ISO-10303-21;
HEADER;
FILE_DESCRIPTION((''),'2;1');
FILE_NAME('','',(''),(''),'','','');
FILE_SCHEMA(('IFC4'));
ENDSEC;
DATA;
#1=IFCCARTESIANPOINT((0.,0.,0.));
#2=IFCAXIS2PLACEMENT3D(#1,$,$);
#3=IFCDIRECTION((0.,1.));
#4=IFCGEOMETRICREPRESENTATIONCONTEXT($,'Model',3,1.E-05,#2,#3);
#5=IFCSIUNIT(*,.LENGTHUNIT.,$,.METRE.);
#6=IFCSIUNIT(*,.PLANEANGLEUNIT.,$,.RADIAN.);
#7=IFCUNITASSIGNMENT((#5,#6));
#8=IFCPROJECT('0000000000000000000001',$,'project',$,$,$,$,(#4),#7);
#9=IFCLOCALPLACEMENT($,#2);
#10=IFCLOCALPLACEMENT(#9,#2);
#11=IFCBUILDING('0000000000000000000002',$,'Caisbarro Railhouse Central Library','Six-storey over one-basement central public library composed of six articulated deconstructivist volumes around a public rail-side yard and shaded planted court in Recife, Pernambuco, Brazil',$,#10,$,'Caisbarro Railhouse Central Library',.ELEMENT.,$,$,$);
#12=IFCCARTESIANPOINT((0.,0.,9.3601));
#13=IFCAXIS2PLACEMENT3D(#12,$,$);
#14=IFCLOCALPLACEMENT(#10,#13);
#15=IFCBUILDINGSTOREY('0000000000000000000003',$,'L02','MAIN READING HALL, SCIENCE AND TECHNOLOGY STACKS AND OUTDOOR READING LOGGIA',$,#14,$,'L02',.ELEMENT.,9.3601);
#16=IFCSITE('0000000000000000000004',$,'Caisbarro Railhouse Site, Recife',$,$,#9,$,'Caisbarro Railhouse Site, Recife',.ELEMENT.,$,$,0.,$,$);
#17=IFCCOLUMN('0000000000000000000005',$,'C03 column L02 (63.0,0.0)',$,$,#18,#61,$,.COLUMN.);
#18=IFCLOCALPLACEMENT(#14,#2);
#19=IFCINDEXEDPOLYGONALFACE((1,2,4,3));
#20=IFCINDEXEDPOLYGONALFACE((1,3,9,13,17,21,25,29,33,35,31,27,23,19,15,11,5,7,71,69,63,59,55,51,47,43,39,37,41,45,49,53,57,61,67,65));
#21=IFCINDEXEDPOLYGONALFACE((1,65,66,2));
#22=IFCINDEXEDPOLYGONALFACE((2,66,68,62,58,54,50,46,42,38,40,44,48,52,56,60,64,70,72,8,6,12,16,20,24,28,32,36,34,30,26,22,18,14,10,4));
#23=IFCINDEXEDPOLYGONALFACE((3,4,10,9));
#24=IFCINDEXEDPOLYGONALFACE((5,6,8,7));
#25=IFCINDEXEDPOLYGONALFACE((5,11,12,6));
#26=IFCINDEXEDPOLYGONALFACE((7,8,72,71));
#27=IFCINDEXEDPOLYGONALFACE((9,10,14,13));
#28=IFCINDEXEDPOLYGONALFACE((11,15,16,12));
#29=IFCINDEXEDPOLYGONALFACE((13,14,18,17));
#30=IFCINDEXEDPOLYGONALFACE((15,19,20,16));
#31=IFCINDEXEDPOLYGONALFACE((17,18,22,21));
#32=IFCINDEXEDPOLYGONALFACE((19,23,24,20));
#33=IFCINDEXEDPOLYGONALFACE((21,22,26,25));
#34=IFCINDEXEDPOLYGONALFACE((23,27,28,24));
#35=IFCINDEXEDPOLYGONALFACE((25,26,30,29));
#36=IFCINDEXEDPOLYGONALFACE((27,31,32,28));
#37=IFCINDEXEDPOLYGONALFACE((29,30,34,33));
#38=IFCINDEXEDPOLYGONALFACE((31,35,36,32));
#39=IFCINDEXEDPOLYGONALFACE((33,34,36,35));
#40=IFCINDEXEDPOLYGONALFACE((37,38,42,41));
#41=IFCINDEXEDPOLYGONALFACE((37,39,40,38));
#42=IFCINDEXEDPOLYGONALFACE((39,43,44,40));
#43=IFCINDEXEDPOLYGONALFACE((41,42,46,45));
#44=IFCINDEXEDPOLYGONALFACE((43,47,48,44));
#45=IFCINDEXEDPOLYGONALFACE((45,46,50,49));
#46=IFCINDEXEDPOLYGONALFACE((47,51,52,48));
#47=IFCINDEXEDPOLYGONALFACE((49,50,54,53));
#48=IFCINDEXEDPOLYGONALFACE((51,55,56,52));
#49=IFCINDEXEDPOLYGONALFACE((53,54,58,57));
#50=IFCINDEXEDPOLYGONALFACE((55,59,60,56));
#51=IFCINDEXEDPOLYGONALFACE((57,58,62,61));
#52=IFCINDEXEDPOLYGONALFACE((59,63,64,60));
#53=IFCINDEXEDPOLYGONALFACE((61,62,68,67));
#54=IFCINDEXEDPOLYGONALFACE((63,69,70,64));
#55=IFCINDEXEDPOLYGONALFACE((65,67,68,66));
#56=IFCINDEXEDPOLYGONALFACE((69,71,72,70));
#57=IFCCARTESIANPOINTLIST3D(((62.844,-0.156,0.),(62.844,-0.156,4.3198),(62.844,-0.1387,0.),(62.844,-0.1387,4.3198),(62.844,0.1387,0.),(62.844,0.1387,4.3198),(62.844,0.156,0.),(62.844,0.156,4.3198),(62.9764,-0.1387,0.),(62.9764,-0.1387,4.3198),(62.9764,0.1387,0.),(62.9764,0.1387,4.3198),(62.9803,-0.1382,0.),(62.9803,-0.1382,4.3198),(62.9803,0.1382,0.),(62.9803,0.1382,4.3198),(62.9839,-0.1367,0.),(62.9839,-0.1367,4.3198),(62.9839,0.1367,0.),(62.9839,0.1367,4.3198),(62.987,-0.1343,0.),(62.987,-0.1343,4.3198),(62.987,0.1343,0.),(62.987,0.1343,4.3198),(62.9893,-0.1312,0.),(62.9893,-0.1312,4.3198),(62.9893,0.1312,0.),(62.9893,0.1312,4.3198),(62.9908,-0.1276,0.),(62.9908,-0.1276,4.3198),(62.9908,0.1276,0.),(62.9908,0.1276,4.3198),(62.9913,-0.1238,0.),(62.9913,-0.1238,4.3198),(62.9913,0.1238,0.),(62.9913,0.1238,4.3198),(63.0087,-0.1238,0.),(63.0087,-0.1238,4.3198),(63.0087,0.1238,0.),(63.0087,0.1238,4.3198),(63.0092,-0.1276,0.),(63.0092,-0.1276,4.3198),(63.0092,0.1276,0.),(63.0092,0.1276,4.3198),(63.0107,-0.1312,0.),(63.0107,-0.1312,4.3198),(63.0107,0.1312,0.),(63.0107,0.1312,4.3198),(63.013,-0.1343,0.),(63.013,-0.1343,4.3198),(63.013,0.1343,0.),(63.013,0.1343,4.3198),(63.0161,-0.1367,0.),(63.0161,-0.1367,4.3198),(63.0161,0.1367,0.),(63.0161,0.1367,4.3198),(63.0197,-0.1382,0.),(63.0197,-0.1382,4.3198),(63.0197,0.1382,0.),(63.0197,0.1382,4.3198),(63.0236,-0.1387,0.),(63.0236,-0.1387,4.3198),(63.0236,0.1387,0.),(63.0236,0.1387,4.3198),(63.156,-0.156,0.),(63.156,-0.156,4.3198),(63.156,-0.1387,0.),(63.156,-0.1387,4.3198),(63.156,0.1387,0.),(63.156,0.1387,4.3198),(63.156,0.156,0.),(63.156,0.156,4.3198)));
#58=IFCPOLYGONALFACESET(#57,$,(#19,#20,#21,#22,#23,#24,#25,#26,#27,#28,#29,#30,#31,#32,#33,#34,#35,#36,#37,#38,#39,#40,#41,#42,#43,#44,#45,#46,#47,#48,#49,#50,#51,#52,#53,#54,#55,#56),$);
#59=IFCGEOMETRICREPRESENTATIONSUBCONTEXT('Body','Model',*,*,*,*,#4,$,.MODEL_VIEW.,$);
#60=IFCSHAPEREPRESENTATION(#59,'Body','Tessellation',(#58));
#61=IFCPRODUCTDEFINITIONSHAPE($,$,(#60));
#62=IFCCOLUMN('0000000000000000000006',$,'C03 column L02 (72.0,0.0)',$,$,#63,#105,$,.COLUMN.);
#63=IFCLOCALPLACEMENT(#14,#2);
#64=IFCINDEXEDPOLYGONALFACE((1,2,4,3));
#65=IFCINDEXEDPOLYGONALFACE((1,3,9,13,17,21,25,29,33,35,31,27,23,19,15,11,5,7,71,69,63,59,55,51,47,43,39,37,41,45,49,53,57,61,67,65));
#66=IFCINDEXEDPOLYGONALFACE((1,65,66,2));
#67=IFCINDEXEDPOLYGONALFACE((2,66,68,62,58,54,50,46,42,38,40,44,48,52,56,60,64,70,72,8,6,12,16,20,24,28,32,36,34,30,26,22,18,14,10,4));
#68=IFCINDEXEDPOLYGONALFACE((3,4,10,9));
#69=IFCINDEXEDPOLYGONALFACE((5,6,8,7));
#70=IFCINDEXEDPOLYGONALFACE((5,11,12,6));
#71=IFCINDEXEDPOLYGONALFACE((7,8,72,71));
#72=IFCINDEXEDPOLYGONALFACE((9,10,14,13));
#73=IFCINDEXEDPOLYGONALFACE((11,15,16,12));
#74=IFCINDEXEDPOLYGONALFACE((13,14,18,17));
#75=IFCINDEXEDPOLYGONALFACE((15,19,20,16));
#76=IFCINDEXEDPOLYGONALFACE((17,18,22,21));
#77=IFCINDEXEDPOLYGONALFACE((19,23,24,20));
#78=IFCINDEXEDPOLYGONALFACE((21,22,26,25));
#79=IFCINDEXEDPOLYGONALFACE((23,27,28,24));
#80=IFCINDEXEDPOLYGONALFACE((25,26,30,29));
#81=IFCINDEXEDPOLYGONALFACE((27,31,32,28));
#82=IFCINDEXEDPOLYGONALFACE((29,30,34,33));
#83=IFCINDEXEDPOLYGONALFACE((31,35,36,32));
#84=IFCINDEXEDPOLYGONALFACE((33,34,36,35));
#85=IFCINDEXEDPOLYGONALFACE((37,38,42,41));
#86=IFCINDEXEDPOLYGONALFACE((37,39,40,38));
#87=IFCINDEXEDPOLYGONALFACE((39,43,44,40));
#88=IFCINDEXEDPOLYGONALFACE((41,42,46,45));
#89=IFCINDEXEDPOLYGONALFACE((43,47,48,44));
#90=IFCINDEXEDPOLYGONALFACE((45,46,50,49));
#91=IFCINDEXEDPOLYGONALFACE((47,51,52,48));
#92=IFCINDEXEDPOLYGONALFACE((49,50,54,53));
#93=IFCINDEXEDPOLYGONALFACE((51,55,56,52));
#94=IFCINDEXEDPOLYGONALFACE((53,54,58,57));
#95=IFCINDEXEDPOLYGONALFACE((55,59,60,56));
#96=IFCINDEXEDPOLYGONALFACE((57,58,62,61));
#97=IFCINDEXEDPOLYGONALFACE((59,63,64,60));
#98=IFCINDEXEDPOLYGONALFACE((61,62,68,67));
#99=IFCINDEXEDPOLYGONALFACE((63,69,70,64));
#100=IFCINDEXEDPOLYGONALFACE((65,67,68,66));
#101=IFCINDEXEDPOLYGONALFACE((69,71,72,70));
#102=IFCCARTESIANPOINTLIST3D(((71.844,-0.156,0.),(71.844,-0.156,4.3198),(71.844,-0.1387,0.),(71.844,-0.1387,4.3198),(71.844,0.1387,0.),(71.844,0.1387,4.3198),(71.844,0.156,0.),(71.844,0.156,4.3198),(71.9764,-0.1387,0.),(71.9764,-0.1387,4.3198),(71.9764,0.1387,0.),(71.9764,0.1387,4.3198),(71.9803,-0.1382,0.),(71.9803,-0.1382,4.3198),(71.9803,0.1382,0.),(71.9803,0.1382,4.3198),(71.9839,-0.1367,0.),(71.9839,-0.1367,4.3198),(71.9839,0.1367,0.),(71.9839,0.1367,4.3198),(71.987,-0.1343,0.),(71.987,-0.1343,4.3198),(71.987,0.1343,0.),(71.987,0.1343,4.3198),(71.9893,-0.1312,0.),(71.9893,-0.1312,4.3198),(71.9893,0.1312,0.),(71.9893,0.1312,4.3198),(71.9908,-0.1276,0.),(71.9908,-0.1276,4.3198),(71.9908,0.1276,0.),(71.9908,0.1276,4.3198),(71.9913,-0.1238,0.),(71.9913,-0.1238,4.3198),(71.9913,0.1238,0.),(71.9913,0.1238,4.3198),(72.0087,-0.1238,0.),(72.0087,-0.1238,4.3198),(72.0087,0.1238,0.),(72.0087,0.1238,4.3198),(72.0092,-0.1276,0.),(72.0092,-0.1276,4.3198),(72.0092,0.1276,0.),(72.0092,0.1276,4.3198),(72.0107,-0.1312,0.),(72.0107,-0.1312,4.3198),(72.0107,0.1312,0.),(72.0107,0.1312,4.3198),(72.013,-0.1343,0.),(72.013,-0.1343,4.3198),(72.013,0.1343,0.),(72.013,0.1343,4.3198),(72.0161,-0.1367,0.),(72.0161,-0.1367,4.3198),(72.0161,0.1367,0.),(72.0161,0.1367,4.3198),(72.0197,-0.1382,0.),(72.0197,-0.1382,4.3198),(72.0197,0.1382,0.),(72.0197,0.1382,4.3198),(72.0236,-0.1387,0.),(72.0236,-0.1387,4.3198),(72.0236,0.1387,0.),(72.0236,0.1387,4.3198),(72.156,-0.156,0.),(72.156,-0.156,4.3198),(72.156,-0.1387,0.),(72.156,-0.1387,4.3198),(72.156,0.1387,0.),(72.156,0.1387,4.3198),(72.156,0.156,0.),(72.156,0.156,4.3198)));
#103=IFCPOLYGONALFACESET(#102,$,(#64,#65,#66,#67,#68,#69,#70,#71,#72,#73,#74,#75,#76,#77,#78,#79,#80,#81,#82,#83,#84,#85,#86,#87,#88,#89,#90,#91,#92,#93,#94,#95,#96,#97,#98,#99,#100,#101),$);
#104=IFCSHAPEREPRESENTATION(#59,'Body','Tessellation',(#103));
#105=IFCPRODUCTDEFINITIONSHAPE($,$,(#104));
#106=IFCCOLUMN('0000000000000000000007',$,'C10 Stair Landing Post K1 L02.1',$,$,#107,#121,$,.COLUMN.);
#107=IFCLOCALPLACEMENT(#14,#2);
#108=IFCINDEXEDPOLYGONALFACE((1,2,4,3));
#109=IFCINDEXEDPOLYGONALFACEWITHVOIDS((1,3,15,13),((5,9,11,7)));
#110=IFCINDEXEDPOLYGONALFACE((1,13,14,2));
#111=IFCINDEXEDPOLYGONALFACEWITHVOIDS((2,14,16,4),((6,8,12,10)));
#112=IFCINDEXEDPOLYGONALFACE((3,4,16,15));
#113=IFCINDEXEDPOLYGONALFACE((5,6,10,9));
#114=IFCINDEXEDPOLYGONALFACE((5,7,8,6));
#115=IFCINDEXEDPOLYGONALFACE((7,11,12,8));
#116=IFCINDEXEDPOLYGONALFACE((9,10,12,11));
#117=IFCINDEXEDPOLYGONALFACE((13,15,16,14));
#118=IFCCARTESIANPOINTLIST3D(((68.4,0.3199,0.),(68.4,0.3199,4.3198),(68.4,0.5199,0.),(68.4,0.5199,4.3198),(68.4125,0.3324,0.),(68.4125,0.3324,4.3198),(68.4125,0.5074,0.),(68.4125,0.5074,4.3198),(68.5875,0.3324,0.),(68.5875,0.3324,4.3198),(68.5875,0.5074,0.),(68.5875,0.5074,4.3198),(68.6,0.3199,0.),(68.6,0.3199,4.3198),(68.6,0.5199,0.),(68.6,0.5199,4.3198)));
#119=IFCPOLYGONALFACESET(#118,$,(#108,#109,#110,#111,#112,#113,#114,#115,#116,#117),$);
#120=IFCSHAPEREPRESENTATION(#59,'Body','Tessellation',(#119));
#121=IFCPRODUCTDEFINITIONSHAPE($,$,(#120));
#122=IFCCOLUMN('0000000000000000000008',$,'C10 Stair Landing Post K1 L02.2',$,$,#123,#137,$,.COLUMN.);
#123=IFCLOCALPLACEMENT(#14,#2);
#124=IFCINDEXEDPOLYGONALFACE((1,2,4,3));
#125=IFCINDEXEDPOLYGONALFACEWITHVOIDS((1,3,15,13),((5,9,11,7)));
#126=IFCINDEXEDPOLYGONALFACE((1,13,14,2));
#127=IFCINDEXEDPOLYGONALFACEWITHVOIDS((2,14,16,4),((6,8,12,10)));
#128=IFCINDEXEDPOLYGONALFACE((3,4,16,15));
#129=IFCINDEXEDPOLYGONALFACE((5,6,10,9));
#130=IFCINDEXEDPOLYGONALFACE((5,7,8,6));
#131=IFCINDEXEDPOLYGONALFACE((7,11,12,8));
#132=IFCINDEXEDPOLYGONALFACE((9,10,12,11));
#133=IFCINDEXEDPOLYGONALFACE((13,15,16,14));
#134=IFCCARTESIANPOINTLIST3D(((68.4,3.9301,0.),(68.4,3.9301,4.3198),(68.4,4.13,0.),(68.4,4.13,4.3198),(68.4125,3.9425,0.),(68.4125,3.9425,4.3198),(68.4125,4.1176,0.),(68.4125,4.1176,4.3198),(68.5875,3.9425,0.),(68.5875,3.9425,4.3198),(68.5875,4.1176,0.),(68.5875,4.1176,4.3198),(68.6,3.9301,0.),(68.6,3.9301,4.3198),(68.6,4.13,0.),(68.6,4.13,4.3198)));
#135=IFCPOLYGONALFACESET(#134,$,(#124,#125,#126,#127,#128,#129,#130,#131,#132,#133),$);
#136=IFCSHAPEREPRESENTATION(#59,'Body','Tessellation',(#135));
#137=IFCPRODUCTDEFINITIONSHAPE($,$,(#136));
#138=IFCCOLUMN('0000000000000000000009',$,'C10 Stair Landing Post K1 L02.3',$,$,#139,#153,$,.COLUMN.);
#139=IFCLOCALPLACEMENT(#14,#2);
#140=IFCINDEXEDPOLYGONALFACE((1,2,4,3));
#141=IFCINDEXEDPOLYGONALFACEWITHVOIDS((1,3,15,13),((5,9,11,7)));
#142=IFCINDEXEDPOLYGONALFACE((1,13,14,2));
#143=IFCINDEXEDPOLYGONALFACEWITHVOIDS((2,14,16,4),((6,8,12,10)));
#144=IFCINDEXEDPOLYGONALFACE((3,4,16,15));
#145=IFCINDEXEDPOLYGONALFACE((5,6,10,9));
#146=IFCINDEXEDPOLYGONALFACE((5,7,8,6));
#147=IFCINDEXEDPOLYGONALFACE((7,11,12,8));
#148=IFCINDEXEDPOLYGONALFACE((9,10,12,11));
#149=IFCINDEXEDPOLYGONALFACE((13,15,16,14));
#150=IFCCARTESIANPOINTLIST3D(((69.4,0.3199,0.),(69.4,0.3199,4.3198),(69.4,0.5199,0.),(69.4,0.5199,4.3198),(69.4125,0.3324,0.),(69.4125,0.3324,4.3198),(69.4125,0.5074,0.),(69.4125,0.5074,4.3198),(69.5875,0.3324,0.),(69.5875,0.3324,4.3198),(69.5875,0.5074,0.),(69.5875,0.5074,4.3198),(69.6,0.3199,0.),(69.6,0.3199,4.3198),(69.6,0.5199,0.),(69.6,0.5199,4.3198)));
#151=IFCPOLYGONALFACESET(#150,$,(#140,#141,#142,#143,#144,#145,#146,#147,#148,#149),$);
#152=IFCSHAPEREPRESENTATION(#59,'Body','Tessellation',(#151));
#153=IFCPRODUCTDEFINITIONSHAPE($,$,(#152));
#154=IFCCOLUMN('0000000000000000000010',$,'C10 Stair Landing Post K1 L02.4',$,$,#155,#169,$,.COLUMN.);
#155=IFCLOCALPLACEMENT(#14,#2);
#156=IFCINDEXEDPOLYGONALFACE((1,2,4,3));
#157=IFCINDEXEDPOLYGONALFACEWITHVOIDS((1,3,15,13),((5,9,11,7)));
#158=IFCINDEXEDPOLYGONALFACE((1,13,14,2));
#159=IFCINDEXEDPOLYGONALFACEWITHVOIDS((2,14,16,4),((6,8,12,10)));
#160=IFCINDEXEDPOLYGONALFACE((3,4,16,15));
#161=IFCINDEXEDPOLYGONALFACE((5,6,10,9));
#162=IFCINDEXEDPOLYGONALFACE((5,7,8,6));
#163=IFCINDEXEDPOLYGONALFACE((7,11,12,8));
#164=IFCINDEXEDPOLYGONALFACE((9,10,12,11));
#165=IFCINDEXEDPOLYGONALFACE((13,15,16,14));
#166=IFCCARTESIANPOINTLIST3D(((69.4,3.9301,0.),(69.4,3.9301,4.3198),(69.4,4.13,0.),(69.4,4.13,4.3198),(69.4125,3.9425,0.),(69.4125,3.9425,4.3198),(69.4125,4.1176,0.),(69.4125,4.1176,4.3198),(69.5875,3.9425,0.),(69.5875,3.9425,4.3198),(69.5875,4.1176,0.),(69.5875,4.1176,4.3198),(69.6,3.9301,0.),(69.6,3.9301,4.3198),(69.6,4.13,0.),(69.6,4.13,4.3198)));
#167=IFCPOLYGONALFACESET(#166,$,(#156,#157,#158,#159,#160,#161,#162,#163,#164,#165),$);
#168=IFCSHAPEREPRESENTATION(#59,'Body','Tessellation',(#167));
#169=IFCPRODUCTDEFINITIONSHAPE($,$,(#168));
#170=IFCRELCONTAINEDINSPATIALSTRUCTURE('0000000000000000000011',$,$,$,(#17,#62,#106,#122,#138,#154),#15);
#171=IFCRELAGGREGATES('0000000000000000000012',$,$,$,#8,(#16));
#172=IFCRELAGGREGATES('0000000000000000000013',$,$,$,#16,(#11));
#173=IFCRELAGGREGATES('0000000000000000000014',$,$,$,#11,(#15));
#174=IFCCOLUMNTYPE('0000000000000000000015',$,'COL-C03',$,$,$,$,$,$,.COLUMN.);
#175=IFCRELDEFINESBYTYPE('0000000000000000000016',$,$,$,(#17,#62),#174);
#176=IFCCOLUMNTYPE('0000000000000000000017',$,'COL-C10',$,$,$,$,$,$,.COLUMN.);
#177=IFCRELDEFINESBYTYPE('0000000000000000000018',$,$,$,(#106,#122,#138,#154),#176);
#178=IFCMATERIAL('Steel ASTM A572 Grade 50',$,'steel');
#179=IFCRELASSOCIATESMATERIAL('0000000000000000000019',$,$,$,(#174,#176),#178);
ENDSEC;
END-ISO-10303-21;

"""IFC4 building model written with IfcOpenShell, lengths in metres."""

from ifc_helpers import new_model, si_unit, direction, frame, origin, origin_2d, place, context, subcontext, project, spatial, hollow_rectangle, i_section, extrude, material, material_profile, profile_set, type_object, element, save


model = new_model("IFC4")

# Units and contexts
model_context = context("Model", 3, precision=1e-05, world=origin(), true_north=direction((0.0, 1.0)))
body_context = subcontext(model_context, "Body", "Model", "MODEL_VIEW")
ifc_project = project(units=[si_unit("LENGTHUNIT", "METRE"), si_unit("PLANEANGLEUNIT", "RADIAN")], contexts=[model_context])

# Site, building, storey
site_placement = place(None, origin())
site = spatial("IfcSite", under=ifc_project, at=site_placement, Name="Caisbarro Railhouse Site, Recife", LongName="Caisbarro Railhouse Site, Recife", CompositionType="ELEMENT", RefElevation=0.0)
building_placement = place(site_placement, origin())
building = spatial("IfcBuilding", under=site, at=building_placement, Name="Caisbarro Railhouse Central Library", Description="Six-storey over one-basement central public library composed of six articulated deconstructivist volumes around a public rail-side yard and shaded planted court in Recife, Pernambuco, Brazil", LongName="Caisbarro Railhouse Central Library", CompositionType="ELEMENT")
storey_placement = place(building_placement, frame((0.0, 0.0, 9.3601)))
storey = spatial("IfcBuildingStorey", under=building, at=storey_placement, Name="L02", Description="MAIN READING HALL, SCIENCE AND TECHNOLOGY STACKS AND OUTDOOR READING LOGGIA", LongName="L02", CompositionType="ELEMENT", Elevation=9.3601)

# Columns
ifc_material_1 = material(Name="Steel ASTM A572 Grade 50", Category="steel")
ifc_material_profile_1 = material_profile(ifc_material_1, i_section(OverallWidth=0.312, OverallDepth=0.312, WebThickness=0.0173, FlangeThickness=0.0173, FilletRadius=0.0149, at=origin_2d()), Name="HP310X125.0")
ifc_profile_set_1 = profile_set([ifc_material_profile_1], Name="Steel ASTM A572 Grade 50")
column_type_1 = type_object("IfcColumnType", Name="COL-C03", PredefinedType="COLUMN", material=ifc_profile_set_1)
for number, where, z_axis, x_axis, name in (
    (1, (63.0, 0.0, 0.0), (0.0, 0.0, 1.0), (1.0, 0.0, 0.0), "C03 column L02 (63.0,0.0)"),
    (2, (72.0, 0.0, 0.0), (0.0, 0.0, 1.0), (1.0, 0.0, 0.0), "C03 column L02 (72.0,0.0)"),
):
    element("IfcColumn", number, at=place(storey_placement, frame(where, z_axis=z_axis, x_axis=x_axis)), inside=storey, type_object=column_type_1, Name=name, PredefinedType="COLUMN", context=body_context, shape_type="SweptSolid", body=[
        extrude(i_section(OverallWidth=0.312, OverallDepth=0.312, WebThickness=0.0173, FlangeThickness=0.0173, FilletRadius=0.0149, at=origin_2d()), origin(), (0.0, 0.0, 1.0), 4.3198),
    ])
ifc_material_profile_2 = material_profile(ifc_material_1, hollow_rectangle(XDim=0.2, YDim=0.2, WallThickness=0.0125, at=origin_2d()), Name="HSS200X200X12.5")
ifc_profile_set_2 = profile_set([ifc_material_profile_2], Name="Steel ASTM A572 Grade 50")
column_type_2 = type_object("IfcColumnType", Name="COL-C10", PredefinedType="COLUMN", material=ifc_profile_set_2)
for number, where, z_axis, x_axis, name in (
    (3, (68.5, 0.4199, 0.0), (0.0, 0.0, 1.0), (1.0, 0.0, 0.0), "C10 Stair Landing Post K1 L02.1"),
    (4, (68.5, 4.03, 0.0), (0.0, 0.0, 1.0), (1.0, 0.0, 0.0), "C10 Stair Landing Post K1 L02.2"),
    (5, (69.5, 0.4199, 0.0), (0.0, 0.0, 1.0), (1.0, 0.0, 0.0), "C10 Stair Landing Post K1 L02.3"),
    (6, (69.5, 4.03, 0.0), (0.0, 0.0, 1.0), (1.0, 0.0, 0.0), "C10 Stair Landing Post K1 L02.4"),
):
    element("IfcColumn", number, at=place(storey_placement, frame(where, z_axis=z_axis, x_axis=x_axis)), inside=storey, type_object=column_type_2, Name=name, PredefinedType="COLUMN", context=body_context, shape_type="SweptSolid", body=[
        extrude(hollow_rectangle(XDim=0.2, YDim=0.2, WallThickness=0.0125, at=origin_2d()), origin(), (0.0, 0.0, 1.0), 4.3198),
    ])

save(model, "model.ifc")
